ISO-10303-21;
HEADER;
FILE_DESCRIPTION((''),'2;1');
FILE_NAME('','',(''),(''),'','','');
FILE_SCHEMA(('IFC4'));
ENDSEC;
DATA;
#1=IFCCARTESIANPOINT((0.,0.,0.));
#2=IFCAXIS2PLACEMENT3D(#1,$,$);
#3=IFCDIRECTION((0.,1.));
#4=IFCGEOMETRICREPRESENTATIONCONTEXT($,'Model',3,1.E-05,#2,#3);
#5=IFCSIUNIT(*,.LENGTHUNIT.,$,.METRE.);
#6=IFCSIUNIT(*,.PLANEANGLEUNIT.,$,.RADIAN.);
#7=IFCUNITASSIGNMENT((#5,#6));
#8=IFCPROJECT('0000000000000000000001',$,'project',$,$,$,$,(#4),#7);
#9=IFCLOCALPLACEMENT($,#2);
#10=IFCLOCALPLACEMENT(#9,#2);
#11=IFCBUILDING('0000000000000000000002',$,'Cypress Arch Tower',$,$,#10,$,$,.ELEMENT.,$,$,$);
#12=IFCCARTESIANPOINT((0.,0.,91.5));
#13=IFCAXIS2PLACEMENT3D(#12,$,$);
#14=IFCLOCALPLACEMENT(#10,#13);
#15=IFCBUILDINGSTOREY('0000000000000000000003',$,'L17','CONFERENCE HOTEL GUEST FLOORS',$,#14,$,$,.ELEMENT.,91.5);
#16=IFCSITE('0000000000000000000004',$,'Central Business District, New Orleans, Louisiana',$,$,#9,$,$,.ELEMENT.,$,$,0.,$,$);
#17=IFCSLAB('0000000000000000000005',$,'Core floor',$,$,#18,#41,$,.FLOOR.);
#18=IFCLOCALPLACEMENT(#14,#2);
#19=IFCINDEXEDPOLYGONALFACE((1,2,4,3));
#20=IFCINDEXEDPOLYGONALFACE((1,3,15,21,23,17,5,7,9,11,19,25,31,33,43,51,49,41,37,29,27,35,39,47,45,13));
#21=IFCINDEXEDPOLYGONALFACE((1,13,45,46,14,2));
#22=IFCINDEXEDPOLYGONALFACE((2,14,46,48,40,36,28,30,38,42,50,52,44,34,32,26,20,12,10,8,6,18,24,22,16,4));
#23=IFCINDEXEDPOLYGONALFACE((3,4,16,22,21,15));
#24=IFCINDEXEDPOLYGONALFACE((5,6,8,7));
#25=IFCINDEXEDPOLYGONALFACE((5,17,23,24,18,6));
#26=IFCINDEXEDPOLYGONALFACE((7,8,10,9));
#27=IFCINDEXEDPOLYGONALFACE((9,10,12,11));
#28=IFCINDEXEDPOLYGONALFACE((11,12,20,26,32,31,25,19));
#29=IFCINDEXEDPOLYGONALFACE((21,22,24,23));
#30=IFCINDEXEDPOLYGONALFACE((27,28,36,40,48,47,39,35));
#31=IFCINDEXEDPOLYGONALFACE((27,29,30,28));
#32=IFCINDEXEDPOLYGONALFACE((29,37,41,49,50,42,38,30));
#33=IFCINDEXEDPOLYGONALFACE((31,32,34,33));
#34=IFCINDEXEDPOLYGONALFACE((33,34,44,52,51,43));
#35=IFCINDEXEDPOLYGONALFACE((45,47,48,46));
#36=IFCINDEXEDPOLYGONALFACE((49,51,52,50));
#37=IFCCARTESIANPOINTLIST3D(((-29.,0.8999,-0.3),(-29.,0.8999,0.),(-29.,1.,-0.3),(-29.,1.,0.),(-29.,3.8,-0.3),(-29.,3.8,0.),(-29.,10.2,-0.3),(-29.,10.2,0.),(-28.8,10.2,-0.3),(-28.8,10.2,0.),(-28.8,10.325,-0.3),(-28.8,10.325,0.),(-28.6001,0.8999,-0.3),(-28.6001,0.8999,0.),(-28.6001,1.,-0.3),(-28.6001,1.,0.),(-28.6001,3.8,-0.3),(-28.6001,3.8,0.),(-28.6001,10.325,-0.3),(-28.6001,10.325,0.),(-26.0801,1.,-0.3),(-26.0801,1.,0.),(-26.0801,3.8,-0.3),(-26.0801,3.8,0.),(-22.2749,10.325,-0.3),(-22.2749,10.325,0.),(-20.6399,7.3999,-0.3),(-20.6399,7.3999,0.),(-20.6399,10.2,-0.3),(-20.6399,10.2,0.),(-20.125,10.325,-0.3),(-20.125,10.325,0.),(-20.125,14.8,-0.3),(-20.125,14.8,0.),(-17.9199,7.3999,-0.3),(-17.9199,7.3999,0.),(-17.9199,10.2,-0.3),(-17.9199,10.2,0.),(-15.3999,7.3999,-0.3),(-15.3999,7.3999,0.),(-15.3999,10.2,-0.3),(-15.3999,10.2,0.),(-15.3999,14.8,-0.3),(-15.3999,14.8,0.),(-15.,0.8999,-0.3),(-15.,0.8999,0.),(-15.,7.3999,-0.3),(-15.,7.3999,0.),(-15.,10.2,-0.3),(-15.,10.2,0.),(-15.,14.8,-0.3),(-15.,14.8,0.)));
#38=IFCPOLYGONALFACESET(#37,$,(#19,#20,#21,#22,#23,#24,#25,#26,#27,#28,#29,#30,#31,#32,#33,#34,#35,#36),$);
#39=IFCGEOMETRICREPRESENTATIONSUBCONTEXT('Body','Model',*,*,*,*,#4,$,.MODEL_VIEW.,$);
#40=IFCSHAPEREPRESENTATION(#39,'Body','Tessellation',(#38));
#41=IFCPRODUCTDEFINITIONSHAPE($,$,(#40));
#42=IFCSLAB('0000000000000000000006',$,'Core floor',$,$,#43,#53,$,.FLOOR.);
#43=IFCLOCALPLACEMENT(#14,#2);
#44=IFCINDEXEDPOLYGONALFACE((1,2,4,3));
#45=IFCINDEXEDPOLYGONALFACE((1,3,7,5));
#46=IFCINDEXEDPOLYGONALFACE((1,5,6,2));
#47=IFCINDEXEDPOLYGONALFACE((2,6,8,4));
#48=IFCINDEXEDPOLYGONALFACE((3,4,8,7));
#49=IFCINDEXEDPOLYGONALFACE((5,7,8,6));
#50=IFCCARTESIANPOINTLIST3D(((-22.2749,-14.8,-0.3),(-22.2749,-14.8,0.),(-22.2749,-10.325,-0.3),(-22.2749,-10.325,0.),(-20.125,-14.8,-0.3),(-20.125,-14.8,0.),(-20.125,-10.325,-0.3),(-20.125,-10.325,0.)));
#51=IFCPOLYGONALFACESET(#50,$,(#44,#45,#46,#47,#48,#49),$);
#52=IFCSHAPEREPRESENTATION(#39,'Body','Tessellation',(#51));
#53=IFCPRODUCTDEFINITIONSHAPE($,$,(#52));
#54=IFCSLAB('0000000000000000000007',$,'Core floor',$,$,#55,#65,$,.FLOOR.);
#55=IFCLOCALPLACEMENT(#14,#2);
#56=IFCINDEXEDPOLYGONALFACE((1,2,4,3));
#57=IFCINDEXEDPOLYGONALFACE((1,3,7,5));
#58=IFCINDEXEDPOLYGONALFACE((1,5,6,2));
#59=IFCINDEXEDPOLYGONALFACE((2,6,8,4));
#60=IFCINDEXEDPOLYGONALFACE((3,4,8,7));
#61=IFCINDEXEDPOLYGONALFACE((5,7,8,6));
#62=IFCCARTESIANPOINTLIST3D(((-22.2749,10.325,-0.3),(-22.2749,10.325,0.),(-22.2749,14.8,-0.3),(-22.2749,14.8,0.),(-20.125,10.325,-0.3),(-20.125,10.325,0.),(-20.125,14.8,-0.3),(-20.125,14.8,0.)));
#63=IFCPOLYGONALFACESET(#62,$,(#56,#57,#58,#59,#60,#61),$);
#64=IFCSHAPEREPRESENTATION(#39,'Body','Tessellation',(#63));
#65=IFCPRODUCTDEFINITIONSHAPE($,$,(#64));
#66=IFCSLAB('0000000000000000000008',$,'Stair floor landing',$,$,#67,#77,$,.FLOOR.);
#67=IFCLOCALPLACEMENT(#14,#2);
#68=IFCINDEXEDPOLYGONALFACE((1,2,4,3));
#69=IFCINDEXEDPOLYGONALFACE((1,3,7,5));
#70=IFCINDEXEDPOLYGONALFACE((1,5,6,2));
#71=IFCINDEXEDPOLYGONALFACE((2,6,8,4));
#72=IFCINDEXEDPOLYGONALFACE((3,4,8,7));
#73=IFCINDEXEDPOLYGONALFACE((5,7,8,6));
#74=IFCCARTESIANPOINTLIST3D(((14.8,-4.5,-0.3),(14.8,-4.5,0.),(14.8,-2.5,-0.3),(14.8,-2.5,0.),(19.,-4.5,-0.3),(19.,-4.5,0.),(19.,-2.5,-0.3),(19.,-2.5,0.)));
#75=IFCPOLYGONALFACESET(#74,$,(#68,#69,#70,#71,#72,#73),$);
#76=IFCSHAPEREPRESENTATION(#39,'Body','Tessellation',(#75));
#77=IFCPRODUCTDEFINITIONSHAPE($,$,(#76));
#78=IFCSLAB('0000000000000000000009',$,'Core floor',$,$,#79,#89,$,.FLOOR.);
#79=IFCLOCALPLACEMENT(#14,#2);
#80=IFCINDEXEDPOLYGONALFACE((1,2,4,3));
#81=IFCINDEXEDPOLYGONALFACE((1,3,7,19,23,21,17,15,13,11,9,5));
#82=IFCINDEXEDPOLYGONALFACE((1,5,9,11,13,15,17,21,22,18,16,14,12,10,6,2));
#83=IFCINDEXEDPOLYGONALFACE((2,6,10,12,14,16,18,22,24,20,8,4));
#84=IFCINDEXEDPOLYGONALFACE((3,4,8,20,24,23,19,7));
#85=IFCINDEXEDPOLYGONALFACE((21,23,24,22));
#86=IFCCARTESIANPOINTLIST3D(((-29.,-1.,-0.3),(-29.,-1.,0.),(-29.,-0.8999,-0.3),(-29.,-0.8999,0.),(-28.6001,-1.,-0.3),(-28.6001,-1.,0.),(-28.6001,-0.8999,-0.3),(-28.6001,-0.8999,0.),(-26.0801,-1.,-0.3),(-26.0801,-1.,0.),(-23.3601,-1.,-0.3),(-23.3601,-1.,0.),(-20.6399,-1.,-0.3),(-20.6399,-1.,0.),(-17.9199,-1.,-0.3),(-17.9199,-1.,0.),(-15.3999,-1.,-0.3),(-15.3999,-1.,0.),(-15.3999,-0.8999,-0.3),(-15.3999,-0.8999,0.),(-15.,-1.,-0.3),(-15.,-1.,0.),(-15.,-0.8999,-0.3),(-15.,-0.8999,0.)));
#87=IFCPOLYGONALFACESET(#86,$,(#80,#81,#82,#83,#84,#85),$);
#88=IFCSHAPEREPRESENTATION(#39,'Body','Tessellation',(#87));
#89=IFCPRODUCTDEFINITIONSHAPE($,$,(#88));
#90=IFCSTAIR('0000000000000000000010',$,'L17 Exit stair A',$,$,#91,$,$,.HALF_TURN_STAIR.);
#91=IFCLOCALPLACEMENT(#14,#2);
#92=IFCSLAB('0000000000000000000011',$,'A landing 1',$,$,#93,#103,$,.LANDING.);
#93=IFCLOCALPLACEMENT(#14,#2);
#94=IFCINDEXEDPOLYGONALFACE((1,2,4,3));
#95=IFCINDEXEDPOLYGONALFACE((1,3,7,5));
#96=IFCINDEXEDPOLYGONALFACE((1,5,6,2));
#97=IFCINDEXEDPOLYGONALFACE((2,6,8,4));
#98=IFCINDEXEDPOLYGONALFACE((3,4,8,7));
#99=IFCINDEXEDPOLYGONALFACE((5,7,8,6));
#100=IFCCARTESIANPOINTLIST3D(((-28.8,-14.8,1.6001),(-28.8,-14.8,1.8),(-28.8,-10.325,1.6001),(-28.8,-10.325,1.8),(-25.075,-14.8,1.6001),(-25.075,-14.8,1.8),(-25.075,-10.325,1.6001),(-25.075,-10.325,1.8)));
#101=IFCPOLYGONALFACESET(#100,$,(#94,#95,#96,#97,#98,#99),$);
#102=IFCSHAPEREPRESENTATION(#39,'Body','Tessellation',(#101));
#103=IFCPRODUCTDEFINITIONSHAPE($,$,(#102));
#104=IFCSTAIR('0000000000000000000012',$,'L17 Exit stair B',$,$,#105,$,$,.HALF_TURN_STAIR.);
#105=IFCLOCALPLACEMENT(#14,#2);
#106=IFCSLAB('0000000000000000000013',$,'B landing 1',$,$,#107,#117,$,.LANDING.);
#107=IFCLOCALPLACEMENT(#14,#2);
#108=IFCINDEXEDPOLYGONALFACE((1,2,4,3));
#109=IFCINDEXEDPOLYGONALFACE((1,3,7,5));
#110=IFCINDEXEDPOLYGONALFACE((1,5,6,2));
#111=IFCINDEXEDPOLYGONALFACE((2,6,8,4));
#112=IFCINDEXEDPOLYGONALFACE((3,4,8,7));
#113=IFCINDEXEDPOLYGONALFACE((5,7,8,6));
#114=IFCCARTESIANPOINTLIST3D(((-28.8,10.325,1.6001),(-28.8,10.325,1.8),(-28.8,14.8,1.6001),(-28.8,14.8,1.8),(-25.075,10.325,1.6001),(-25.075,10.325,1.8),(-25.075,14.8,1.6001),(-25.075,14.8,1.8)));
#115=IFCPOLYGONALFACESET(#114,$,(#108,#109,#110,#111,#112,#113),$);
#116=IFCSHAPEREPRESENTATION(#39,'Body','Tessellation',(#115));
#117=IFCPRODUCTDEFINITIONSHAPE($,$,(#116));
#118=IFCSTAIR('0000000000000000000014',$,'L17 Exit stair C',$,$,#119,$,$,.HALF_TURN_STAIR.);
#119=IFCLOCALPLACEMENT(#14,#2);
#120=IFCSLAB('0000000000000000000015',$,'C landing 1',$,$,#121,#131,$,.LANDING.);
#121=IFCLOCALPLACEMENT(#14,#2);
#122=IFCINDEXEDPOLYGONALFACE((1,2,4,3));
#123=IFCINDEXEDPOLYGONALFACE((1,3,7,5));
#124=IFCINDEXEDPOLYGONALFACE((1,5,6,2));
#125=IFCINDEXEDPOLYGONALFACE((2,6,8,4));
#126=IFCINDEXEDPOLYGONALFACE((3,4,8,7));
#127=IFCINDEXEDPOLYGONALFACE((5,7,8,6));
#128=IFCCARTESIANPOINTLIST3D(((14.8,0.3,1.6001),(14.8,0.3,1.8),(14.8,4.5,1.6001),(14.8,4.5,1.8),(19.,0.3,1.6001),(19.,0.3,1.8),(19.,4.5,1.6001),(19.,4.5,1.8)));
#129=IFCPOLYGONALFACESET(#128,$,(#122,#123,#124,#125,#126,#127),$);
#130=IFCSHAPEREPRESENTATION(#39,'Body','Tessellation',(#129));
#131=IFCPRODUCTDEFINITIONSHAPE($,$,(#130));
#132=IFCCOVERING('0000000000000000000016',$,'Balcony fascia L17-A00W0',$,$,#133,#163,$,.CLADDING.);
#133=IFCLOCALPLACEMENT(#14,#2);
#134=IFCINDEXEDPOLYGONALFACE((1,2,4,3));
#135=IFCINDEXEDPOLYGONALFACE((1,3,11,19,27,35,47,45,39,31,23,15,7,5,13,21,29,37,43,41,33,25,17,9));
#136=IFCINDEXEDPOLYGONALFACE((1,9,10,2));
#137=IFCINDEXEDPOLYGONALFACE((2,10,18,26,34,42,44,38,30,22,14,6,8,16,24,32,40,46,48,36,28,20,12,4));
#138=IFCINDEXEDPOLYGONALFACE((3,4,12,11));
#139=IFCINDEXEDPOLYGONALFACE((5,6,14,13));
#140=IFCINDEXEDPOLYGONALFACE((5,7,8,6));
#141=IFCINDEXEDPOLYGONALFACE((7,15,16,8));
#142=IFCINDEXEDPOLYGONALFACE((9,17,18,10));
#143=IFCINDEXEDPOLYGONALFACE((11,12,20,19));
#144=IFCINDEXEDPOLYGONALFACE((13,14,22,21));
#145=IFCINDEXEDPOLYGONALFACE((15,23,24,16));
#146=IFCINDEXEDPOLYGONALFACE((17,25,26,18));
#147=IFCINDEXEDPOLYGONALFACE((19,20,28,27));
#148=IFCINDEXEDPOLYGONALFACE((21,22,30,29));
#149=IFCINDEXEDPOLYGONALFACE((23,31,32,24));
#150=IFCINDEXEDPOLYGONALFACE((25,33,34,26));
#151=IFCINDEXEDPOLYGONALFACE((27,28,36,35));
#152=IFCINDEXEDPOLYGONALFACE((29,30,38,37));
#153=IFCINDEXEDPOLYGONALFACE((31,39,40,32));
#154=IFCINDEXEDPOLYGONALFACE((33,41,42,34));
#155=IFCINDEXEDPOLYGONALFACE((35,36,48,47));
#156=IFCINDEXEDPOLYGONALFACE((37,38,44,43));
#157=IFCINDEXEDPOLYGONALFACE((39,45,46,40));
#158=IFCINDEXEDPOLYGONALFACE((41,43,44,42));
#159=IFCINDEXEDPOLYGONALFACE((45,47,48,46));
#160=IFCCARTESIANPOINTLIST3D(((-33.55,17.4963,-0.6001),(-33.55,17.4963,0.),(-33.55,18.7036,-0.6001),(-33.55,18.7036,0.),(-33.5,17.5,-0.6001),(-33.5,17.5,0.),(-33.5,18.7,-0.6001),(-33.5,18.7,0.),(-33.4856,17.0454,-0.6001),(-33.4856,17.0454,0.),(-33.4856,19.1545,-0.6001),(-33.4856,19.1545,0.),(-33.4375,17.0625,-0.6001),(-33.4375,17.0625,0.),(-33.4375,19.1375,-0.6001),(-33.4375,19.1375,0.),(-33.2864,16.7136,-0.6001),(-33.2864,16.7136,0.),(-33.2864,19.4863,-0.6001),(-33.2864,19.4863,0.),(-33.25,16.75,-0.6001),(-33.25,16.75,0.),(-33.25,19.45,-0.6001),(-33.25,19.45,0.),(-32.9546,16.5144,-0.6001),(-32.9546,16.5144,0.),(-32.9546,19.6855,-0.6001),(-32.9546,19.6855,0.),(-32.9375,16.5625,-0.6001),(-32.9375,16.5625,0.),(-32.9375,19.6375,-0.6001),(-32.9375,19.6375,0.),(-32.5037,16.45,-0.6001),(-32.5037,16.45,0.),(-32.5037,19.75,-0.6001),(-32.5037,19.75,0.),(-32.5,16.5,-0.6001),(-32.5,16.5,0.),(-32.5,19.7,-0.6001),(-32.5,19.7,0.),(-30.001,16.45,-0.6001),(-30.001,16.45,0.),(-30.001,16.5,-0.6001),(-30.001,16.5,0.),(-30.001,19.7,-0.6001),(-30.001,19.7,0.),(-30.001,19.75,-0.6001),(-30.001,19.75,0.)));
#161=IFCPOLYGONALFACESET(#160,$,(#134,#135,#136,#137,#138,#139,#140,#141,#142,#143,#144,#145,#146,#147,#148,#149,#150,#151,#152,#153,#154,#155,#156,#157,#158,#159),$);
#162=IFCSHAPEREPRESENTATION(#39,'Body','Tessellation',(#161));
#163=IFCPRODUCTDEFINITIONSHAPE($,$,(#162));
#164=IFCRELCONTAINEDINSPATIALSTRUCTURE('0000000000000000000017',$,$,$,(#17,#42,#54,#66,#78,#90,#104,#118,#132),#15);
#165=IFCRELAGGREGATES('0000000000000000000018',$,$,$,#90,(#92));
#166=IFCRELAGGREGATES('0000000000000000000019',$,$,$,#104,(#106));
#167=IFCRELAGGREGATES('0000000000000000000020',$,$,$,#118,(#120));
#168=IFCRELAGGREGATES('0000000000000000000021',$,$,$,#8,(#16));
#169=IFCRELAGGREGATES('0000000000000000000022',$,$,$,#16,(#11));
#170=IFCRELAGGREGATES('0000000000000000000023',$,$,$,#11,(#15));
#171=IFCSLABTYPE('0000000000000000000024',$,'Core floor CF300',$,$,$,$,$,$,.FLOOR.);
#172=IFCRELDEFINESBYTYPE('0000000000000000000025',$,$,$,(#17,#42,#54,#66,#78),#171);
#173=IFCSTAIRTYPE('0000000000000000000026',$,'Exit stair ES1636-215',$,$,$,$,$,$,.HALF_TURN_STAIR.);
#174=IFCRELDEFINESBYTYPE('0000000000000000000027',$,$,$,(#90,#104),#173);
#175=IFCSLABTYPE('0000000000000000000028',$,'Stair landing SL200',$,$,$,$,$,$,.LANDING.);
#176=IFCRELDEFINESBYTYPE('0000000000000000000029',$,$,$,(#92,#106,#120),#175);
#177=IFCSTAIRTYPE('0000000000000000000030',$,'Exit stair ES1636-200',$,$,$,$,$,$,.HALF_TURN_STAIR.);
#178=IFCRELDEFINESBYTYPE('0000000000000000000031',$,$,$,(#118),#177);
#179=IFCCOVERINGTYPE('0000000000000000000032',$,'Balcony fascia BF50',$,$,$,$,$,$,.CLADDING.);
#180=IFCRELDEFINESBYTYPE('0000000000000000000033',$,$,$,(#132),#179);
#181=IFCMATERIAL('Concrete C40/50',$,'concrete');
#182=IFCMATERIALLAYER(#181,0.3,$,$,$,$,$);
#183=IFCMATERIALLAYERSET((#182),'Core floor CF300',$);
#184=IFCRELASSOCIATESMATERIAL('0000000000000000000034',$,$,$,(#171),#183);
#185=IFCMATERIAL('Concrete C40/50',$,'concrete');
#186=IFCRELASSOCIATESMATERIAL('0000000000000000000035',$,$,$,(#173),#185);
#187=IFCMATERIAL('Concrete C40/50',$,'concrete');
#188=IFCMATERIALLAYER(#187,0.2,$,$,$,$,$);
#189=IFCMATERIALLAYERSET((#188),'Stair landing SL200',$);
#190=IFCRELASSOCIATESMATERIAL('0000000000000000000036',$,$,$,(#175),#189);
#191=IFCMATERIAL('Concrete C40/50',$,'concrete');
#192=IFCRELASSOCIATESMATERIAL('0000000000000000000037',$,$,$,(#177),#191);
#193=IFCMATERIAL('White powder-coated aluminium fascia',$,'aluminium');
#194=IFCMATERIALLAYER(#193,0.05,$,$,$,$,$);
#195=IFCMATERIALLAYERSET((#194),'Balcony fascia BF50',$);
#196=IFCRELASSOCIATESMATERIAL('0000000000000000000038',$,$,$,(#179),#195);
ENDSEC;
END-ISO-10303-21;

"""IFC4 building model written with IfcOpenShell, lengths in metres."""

from ifc_helpers import new_model, si_unit, direction, frame, origin, place, context, subcontext, project, spatial, polyline, outline, extrude, material, layer, layer_set, type_object, element, aggregate, save


model = new_model("IFC4")

# Units and contexts
model_context = context("Model", 3, precision=1e-05, world=origin(), true_north=direction((0.0, 1.0)))
body_context = subcontext(model_context, "Body", "Model", "MODEL_VIEW")
ifc_project = project(units=[si_unit("LENGTHUNIT", "METRE"), si_unit("PLANEANGLEUNIT", "RADIAN")], contexts=[model_context])

# Site, building, storey
site_placement = place(None, origin())
site = spatial("IfcSite", under=ifc_project, at=site_placement, Name="Central Business District, New Orleans, Louisiana", CompositionType="ELEMENT", RefElevation=0.0)
building_placement = place(site_placement, origin())
building = spatial("IfcBuilding", under=site, at=building_placement, Name="Cypress Arch Tower", CompositionType="ELEMENT")
storey_placement = place(building_placement, frame((0.0, 0.0, 91.5)))
storey = spatial("IfcBuildingStorey", under=building, at=storey_placement, Name="L17", Description="CONFERENCE HOTEL GUEST FLOORS", CompositionType="ELEMENT", Elevation=91.5)

# Slabs
ifc_material_1 = material(Name="Concrete C40/50", Category="concrete")
ifc_layer_1 = layer(ifc_material_1, 0.3)
ifc_layer_set_1 = layer_set([ifc_layer_1], Name="Core floor CF300")
slab_type_1 = type_object("IfcSlabType", Name="Core floor CF300", PredefinedType="FLOOR", material=ifc_layer_set_1)
slab_1_placement = place(storey_placement, frame((0.0, 0.0, -0.3)))
element("IfcSlab", 1, at=slab_1_placement, inside=storey, type_object=slab_type_1, Name="Core floor", PredefinedType="FLOOR", context=body_context, shape_type="SweptSolid", body=[
    extrude(outline(polyline([(-29.0, 3.8), (-29.0, 10.2), (-28.8, 10.2), (-28.8, 10.325), (-28.6001, 10.325), (-22.2749, 10.325), (-20.125, 10.325), (-20.125, 14.8), (-15.3999, 14.8), (-15.0, 14.8), (-15.0, 10.2), (-15.3999, 10.2), (-17.9199, 10.2), (-20.6399, 10.2), (-20.6399, 7.3999), (-17.9199, 7.3999), (-15.3999, 7.3999), (-15.0, 7.3999), (-15.0, 0.8999), (-28.6001, 0.8999), (-29.0, 0.8999), (-29.0, 1.0), (-28.6001, 1.0), (-26.0801, 1.0), (-26.0801, 3.8), (-28.6001, 3.8), (-29.0, 3.8)])), origin(), (0.0, 0.0, 1.0), 0.3),
])
slab_2_placement = place(storey_placement, frame((0.0, 0.0, -0.3)))
element("IfcSlab", 2, at=slab_2_placement, inside=storey, type_object=slab_type_1, Name="Core floor", PredefinedType="FLOOR", context=body_context, shape_type="SweptSolid", body=[
    extrude(outline(polyline([(-22.2749, -10.325), (-22.2749, -14.8), (-20.125, -14.8), (-20.125, -10.325), (-22.2749, -10.325)])), origin(), (0.0, 0.0, 1.0), 0.3),
])
slab_3_placement = place(storey_placement, frame((0.0, 0.0, -0.3)))
element("IfcSlab", 3, at=slab_3_placement, inside=storey, type_object=slab_type_1, Name="Core floor", PredefinedType="FLOOR", context=body_context, shape_type="SweptSolid", body=[
    extrude(outline(polyline([(-20.125, 14.8), (-22.2749, 14.8), (-22.2749, 10.325), (-20.125, 10.325), (-20.125, 14.8)])), origin(), (0.0, 0.0, 1.0), 0.3),
])
slab_4_placement = place(storey_placement, frame((0.0, 0.0, -0.3)))
element("IfcSlab", 4, at=slab_4_placement, inside=storey, type_object=slab_type_1, Name="Stair floor landing", PredefinedType="FLOOR", context=body_context, shape_type="SweptSolid", body=[
    extrude(outline(polyline([(19.0, -4.5), (19.0, -2.5), (14.8, -2.5), (14.8, -4.5), (19.0, -4.5)])), origin(), (0.0, 0.0, 1.0), 0.3),
])
slab_5_placement = place(storey_placement, frame((0.0, 0.0, -0.3)))
element("IfcSlab", 5, at=slab_5_placement, inside=storey, type_object=slab_type_1, Name="Core floor", PredefinedType="FLOOR", context=body_context, shape_type="SweptSolid", body=[
    extrude(outline(polyline([(-20.6399, -1.0), (-23.3601, -1.0), (-26.0801, -1.0), (-28.6001, -1.0), (-29.0, -1.0), (-29.0, -0.8999), (-28.6001, -0.8999), (-15.3999, -0.8999), (-15.0, -0.8999), (-15.0, -1.0), (-15.3999, -1.0), (-17.9199, -1.0), (-20.6399, -1.0)])), origin(), (0.0, 0.0, 1.0), 0.3),
])

# Stairs, slabs
ifc_material_2 = material(Name="Concrete C40/50", Category="concrete")
stair_type_1 = type_object("IfcStairType", Name="Exit stair ES1636-215", PredefinedType="HALF_TURN_STAIR", material=ifc_material_2)
stair_1_placement = place(storey_placement, origin())
stair_1 = element("IfcStair", 6, at=stair_1_placement, inside=storey, type_object=stair_type_1, Name="L17 Exit stair A", PredefinedType="HALF_TURN_STAIR")
ifc_material_3 = material(Name="Concrete C40/50", Category="concrete")
ifc_layer_2 = layer(ifc_material_3, 0.2)
ifc_layer_set_2 = layer_set([ifc_layer_2], Name="Stair landing SL200")
slab_type_2 = type_object("IfcSlabType", Name="Stair landing SL200", PredefinedType="LANDING", material=ifc_layer_set_2)
slab_6_placement = place(storey_placement, frame((0.0, 0.0, 1.6001)))
slab_6 = element("IfcSlab", 7, at=slab_6_placement, type_object=slab_type_2, Name="A landing 1", PredefinedType="LANDING", context=body_context, shape_type="SweptSolid", body=[
    extrude(outline(polyline([(-25.075, -10.325), (-28.8, -10.325), (-28.8, -14.8), (-25.075, -14.8), (-25.075, -10.325)])), origin(), (0.0, 0.0, 1.0), 0.2),
])
aggregate(stair_1, [slab_6])
stair_2_placement = place(storey_placement, origin())
stair_2 = element("IfcStair", 8, at=stair_2_placement, inside=storey, type_object=stair_type_1, Name="L17 Exit stair B", PredefinedType="HALF_TURN_STAIR")
slab_7_placement = place(storey_placement, frame((0.0, 0.0, 1.6001)))
slab_7 = element("IfcSlab", 9, at=slab_7_placement, type_object=slab_type_2, Name="B landing 1", PredefinedType="LANDING", context=body_context, shape_type="SweptSolid", body=[
    extrude(outline(polyline([(-25.075, 14.8), (-28.8, 14.8), (-28.8, 10.325), (-25.075, 10.325), (-25.075, 14.8)])), origin(), (0.0, 0.0, 1.0), 0.2),
])
aggregate(stair_2, [slab_7])
ifc_material_4 = material(Name="Concrete C40/50", Category="concrete")
stair_type_2 = type_object("IfcStairType", Name="Exit stair ES1636-200", PredefinedType="HALF_TURN_STAIR", material=ifc_material_4)
stair_3_placement = place(storey_placement, origin())
stair_3 = element("IfcStair", 10, at=stair_3_placement, inside=storey, type_object=stair_type_2, Name="L17 Exit stair C", PredefinedType="HALF_TURN_STAIR")
slab_8_placement = place(storey_placement, frame((0.0, 0.0, 1.6001)))
slab_8 = element("IfcSlab", 11, at=slab_8_placement, type_object=slab_type_2, Name="C landing 1", PredefinedType="LANDING", context=body_context, shape_type="SweptSolid", body=[
    extrude(outline(polyline([(19.0, 0.3), (19.0, 4.5), (14.8, 4.5), (14.8, 0.3), (19.0, 0.3)])), origin(), (0.0, 0.0, 1.0), 0.2),
])
aggregate(stair_3, [slab_8])

# Covering
ifc_material_5 = material(Name="White powder-coated aluminium fascia", Category="aluminium")
ifc_layer_3 = layer(ifc_material_5, 0.05)
ifc_layer_set_3 = layer_set([ifc_layer_3], Name="Balcony fascia BF50")
covering_type_1 = type_object("IfcCoveringType", Name="Balcony fascia BF50", PredefinedType="CLADDING", material=ifc_layer_set_3)
covering_1_placement = place(storey_placement, frame((0.0, 0.0, -0.6001)))
element("IfcCovering", 12, at=covering_1_placement, inside=storey, type_object=covering_type_1, Name="Balcony fascia L17-A00W0", PredefinedType="CLADDING", context=body_context, shape_type="SweptSolid", body=[
    extrude(outline(polyline([(-32.5037, 16.45), (-32.9546, 16.5144), (-33.2864, 16.7136), (-33.4856, 17.0454), (-33.55, 17.4963), (-33.55, 18.7036), (-33.4856, 19.1545), (-33.2864, 19.4863), (-32.9546, 19.6855), (-32.5037, 19.75), (-30.001, 19.75), (-30.001, 19.7), (-32.5, 19.7), (-32.9375, 19.6375), (-33.25, 19.45), (-33.4375, 19.1375), (-33.5, 18.7), (-33.5, 17.5), (-33.4375, 17.0625), (-33.25, 16.75), (-32.9375, 16.5625), (-32.5, 16.5), (-30.001, 16.5), (-30.001, 16.45), (-32.5037, 16.45)])), origin(), (0.0, 0.0, 1.0), 0.6001),
])

save(model, "model.ifc")
